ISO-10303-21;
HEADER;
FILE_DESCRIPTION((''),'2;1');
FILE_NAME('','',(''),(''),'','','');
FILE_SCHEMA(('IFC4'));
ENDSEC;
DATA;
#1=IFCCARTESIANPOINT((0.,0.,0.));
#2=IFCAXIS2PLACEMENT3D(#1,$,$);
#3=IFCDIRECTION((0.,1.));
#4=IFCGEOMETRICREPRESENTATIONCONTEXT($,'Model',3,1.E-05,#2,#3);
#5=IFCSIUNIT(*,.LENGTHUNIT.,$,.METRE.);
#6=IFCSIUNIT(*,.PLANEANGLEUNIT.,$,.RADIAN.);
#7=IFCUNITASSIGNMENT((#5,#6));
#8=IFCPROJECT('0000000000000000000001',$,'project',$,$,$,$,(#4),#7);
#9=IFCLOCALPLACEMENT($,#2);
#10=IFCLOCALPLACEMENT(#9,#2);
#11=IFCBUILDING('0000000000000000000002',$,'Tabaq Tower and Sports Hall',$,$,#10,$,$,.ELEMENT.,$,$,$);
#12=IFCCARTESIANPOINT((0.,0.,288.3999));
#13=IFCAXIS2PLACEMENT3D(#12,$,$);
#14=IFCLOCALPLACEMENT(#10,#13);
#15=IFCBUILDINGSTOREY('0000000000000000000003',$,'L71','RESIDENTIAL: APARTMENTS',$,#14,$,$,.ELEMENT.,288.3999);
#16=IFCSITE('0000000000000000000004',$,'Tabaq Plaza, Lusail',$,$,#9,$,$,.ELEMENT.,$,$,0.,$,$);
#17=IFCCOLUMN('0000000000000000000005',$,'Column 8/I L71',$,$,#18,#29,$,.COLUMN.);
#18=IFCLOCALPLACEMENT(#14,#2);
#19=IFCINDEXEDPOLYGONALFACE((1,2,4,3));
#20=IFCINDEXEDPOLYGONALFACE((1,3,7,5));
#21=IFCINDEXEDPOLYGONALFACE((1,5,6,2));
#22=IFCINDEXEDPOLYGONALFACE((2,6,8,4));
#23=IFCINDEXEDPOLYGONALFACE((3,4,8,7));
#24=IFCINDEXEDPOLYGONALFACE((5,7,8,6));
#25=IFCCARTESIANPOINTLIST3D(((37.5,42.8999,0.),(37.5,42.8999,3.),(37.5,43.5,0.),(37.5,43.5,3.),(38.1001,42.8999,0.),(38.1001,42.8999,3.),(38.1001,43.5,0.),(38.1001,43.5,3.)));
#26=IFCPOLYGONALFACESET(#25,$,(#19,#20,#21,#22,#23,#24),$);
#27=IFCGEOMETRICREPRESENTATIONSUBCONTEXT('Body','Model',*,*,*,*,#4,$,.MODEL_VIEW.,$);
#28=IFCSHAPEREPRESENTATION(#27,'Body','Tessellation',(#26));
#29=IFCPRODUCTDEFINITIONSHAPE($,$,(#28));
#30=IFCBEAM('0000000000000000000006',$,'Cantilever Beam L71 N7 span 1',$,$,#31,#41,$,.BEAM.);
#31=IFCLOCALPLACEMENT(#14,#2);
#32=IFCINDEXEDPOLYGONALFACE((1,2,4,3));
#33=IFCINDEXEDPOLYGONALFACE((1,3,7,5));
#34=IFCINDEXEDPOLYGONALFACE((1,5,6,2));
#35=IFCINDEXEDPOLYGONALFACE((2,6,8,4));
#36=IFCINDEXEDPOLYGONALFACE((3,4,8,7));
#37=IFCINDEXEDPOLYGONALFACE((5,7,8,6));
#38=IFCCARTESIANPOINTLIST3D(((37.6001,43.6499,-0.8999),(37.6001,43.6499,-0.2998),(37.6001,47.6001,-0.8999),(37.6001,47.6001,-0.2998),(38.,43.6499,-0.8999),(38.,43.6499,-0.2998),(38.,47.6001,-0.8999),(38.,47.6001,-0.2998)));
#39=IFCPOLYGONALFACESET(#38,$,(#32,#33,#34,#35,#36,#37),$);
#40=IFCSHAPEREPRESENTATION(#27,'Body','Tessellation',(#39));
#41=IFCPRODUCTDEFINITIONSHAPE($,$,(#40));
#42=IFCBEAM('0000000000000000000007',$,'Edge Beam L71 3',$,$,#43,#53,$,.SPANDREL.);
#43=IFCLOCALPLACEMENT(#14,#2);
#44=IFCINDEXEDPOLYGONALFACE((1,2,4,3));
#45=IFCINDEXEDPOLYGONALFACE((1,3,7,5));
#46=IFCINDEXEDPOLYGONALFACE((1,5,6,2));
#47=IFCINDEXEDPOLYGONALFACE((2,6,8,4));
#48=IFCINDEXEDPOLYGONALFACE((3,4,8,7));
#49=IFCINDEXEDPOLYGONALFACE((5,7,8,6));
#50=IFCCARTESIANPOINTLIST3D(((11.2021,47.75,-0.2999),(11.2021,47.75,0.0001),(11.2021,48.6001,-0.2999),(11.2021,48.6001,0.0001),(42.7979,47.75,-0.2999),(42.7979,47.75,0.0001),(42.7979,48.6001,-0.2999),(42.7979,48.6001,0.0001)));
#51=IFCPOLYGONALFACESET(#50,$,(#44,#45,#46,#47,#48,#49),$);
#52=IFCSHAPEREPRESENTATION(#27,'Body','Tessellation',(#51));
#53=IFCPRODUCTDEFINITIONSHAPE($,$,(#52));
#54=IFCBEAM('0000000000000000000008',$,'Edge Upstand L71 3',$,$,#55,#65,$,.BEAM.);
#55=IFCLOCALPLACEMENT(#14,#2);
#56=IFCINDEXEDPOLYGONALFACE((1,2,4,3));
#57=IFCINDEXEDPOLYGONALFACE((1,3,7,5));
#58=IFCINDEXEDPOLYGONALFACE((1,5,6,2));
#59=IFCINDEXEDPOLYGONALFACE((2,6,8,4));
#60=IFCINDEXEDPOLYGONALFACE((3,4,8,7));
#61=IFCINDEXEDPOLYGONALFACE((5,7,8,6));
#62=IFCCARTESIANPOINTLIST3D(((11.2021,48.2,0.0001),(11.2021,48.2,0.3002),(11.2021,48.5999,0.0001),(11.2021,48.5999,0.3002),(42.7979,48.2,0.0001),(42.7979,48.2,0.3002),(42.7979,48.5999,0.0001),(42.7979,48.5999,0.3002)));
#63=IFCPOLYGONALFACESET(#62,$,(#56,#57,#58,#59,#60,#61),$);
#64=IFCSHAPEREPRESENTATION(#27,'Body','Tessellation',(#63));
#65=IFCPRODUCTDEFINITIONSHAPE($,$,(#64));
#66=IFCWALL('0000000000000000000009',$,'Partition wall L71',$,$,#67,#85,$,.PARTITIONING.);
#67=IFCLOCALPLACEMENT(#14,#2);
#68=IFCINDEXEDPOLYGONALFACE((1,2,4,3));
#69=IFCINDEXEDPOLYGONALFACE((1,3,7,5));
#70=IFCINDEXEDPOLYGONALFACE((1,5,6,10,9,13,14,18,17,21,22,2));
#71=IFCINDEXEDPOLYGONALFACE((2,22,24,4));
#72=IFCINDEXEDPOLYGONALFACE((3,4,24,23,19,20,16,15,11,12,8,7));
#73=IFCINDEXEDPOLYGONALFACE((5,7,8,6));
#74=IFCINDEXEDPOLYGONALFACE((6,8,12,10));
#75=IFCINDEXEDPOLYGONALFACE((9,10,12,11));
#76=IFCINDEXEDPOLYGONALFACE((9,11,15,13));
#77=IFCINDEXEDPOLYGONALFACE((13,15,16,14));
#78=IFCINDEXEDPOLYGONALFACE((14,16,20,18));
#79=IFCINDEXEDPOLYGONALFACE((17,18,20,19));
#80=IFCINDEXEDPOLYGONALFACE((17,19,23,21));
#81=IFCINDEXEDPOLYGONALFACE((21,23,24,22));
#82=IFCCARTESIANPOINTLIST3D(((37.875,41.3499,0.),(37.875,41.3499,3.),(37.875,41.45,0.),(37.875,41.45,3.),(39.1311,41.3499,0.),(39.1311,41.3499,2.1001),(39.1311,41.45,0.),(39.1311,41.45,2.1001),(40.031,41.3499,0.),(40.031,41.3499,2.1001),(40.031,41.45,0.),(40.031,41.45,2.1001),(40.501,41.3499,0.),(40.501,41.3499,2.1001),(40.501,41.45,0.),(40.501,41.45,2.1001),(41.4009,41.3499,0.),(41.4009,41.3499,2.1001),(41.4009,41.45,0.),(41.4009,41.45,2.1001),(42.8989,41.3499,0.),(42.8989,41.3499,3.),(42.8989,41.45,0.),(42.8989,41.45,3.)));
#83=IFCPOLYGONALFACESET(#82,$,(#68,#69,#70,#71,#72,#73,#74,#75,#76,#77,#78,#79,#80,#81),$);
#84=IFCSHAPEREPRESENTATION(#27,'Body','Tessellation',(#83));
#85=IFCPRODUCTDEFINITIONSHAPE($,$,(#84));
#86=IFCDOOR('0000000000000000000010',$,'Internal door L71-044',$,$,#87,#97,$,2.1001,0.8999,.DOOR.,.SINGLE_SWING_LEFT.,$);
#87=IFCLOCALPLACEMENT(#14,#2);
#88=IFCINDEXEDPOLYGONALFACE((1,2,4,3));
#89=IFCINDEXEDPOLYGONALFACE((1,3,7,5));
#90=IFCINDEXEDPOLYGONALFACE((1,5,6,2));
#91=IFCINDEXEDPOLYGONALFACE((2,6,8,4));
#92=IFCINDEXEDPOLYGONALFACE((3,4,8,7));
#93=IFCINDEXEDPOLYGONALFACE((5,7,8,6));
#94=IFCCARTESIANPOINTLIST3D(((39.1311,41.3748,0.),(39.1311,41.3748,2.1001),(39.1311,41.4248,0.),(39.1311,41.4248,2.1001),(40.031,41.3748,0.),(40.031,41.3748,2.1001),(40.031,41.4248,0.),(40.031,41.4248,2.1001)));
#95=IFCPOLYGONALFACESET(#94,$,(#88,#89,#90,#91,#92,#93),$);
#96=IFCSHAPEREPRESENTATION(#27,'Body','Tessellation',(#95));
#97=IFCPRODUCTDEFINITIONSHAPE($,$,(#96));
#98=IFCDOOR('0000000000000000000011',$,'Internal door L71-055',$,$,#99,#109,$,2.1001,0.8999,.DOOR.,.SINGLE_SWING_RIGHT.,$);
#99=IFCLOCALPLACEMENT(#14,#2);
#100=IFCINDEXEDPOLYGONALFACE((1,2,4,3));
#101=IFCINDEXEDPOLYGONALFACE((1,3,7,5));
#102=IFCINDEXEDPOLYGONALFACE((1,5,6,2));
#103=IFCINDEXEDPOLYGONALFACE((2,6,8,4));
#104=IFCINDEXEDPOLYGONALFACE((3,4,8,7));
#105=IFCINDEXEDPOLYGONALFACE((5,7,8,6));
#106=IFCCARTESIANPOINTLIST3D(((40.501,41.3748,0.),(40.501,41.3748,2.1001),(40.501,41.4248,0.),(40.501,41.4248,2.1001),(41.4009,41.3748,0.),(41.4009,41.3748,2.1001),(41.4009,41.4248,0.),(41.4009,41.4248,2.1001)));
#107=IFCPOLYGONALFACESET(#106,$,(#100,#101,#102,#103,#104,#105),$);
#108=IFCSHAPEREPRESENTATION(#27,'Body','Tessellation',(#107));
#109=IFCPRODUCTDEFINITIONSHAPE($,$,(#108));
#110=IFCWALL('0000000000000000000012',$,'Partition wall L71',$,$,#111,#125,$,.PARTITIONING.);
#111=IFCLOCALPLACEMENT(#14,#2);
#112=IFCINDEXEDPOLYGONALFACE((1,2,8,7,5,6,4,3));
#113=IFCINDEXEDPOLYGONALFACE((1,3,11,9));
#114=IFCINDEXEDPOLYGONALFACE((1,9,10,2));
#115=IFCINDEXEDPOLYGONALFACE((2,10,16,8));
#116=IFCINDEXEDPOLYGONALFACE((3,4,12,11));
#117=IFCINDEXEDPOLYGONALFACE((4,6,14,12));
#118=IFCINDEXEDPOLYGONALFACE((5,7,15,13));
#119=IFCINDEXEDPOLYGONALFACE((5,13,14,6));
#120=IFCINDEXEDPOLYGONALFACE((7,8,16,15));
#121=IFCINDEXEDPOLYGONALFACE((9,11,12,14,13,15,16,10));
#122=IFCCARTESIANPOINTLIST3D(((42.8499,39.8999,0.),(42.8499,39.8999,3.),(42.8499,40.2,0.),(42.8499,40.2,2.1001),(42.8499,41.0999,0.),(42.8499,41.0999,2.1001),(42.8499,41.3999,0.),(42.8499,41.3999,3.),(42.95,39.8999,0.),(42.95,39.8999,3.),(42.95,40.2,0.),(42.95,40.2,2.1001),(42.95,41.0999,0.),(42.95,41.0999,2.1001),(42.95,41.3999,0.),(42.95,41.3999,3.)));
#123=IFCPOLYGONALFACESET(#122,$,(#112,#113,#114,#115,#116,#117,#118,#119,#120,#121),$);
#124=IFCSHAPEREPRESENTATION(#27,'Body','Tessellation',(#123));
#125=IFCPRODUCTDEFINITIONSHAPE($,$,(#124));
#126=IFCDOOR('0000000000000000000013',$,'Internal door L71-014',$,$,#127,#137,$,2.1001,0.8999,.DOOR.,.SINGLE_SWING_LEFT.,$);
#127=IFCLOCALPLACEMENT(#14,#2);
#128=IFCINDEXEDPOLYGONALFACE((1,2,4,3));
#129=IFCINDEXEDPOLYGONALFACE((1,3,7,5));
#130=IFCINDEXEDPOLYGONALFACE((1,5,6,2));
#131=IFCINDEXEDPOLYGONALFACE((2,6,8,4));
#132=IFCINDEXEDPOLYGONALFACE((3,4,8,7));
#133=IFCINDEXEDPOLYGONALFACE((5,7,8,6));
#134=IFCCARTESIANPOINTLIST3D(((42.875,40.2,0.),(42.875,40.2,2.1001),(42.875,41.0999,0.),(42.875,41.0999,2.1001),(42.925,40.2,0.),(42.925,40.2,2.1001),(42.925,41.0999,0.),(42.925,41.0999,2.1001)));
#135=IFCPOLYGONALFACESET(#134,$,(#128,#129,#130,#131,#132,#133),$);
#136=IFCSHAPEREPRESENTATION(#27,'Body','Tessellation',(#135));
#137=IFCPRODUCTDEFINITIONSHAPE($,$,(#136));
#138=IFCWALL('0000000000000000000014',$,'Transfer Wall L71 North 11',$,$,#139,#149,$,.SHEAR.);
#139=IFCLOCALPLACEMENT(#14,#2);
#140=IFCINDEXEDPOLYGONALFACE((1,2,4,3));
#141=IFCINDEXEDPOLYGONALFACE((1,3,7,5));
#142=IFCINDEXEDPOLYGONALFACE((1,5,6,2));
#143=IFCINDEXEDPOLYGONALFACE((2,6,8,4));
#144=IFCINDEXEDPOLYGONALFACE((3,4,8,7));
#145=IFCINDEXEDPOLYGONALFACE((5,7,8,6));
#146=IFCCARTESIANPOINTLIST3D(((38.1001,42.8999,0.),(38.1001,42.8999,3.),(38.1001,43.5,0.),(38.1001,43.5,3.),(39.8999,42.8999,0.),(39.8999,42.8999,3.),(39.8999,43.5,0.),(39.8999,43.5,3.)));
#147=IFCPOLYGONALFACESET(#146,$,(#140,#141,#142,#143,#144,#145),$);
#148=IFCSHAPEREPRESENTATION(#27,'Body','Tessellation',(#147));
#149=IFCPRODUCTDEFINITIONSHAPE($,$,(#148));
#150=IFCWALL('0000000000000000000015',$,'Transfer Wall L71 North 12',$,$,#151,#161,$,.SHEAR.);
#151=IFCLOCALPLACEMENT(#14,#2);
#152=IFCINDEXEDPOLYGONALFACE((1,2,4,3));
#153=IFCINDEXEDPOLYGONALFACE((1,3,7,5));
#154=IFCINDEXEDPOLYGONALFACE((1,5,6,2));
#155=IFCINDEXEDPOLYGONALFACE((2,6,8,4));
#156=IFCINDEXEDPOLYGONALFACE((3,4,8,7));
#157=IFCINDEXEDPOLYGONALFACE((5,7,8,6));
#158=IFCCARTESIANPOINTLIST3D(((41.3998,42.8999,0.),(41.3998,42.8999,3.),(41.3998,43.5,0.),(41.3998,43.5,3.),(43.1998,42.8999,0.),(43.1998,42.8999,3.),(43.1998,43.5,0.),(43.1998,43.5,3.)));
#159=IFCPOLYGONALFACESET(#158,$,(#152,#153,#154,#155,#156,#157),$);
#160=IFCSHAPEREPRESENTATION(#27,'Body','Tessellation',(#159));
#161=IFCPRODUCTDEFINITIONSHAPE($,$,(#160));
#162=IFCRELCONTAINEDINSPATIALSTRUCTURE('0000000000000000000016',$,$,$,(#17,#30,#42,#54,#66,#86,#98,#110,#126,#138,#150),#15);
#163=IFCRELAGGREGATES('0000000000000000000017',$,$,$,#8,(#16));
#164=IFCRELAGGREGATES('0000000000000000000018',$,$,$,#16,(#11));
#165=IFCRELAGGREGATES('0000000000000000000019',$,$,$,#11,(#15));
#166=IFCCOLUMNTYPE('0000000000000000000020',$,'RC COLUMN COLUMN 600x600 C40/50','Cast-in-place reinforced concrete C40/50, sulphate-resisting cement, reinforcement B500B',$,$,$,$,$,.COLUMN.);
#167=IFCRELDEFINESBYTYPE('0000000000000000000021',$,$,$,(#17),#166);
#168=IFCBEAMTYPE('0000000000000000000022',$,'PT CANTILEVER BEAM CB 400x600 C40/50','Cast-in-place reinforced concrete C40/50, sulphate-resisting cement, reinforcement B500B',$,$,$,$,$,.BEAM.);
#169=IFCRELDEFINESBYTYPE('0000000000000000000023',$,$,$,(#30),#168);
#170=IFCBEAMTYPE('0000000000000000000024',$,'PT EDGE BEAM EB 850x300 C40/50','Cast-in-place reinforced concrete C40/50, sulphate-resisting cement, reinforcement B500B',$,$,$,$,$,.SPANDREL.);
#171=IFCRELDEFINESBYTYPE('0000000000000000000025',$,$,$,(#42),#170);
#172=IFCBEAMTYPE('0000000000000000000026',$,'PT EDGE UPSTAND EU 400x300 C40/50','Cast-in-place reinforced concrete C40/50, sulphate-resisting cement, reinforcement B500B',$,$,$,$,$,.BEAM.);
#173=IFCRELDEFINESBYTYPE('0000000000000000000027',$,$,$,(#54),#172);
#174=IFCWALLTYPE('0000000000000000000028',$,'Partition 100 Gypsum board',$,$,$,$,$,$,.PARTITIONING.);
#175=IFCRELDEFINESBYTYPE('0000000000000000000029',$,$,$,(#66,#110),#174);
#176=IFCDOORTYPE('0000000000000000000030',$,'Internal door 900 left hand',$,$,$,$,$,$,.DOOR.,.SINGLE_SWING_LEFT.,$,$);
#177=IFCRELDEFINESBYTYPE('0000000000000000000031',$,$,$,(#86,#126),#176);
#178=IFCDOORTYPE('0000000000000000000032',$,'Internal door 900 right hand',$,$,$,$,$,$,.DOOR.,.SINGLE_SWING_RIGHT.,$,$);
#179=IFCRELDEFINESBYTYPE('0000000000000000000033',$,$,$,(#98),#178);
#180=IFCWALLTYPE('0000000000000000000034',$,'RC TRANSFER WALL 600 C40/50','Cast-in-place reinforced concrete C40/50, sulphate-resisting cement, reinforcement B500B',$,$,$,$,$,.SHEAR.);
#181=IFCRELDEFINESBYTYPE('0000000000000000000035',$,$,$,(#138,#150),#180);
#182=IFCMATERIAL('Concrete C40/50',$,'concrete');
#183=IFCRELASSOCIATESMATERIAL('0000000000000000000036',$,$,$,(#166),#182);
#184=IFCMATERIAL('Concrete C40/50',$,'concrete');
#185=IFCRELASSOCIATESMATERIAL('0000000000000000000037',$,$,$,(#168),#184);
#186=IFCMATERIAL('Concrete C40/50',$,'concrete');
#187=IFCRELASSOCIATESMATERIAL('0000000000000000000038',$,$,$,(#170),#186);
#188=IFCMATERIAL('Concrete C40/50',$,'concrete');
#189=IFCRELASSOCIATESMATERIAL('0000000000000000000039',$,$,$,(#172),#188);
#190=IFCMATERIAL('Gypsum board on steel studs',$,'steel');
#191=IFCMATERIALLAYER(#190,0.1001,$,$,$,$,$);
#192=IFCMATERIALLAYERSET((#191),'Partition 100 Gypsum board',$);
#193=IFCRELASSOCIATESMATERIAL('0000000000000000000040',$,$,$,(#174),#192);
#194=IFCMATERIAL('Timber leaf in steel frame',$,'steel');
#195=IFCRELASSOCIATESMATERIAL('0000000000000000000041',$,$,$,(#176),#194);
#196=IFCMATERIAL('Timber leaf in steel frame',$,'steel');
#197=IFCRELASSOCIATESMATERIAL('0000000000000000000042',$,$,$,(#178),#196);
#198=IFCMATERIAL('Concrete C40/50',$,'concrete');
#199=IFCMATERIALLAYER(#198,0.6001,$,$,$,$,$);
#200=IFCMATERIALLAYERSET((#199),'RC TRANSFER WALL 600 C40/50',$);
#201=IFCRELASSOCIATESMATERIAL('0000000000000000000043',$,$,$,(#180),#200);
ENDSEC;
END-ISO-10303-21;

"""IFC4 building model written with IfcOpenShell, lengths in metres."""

from ifc_helpers import new_model, si_unit, direction, frame, frame_2d, origin, origin_2d, place, context, subcontext, project, spatial, rectangle, extrude, material, layer, layer_set, material_profile, profile_set, type_object, element, fill, save


model = new_model("IFC4")

# Units and contexts
model_context = context("Model", 3, precision=1e-05, world=origin(), true_north=direction((0.0, 1.0)))
body_context = subcontext(model_context, "Body", "Model", "MODEL_VIEW")
ifc_project = project(units=[si_unit("LENGTHUNIT", "METRE"), si_unit("PLANEANGLEUNIT", "RADIAN")], contexts=[model_context])

# Site, building, storey
site_placement = place(None, origin())
site = spatial("IfcSite", under=ifc_project, at=site_placement, Name="Tabaq Plaza, Lusail", CompositionType="ELEMENT", RefElevation=0.0)
building_placement = place(site_placement, origin())
building = spatial("IfcBuilding", under=site, at=building_placement, Name="Tabaq Tower and Sports Hall", CompositionType="ELEMENT")
storey_placement = place(building_placement, frame((0.0, 0.0, 288.3999)))
storey = spatial("IfcBuildingStorey", under=building, at=storey_placement, Name="L71", Description="RESIDENTIAL: APARTMENTS", CompositionType="ELEMENT", Elevation=288.3999)

# Column
ifc_material_1 = material(Name="Concrete C40/50", Category="concrete")
ifc_material_profile_1 = material_profile(ifc_material_1, rectangle(XDim=0.6001, YDim=0.6001, at=origin_2d()), Name="COLUMN 600x600")
ifc_profile_set_1 = profile_set([ifc_material_profile_1], Name="Concrete C40/50")
column_type = type_object("IfcColumnType", Name="RC COLUMN COLUMN 600x600 C40/50", Description="Cast-in-place reinforced concrete C40/50, sulphate-resisting cement, reinforcement B500B", PredefinedType="COLUMN", material=ifc_profile_set_1)
column_placement = place(storey_placement, frame((37.8, 43.2, 0.0), z_axis=(0.0, 0.0, 1.0), x_axis=(1.0, 0.0, 0.0)))
element("IfcColumn", 1, at=column_placement, inside=storey, type_object=column_type, Name="Column 8/I L71", PredefinedType="COLUMN", context=body_context, shape_type="SweptSolid", body=[
    extrude(rectangle(XDim=0.6001, YDim=0.6001, at=origin_2d()), origin(), (0.0, 0.0, 1.0), 3.0),
])

# Beams
ifc_material_2 = material(Name="Concrete C40/50", Category="concrete")
ifc_material_profile_2 = material_profile(ifc_material_2, rectangle(XDim=0.3999, YDim=0.6001, at=origin_2d()), Name="CB 400x600")
ifc_profile_set_2 = profile_set([ifc_material_profile_2], Name="Concrete C40/50")
beam_type_1 = type_object("IfcBeamType", Name="PT CANTILEVER BEAM CB 400x600 C40/50", Description="Cast-in-place reinforced concrete C40/50, sulphate-resisting cement, reinforcement B500B", PredefinedType="BEAM", material=ifc_profile_set_2)
beam_1_placement = place(storey_placement, frame((37.8, 47.6001, -0.5999), z_axis=(0.0, -1.0, 0.0), x_axis=(1.0, 0.0, 0.0)))
element("IfcBeam", 2, at=beam_1_placement, inside=storey, type_object=beam_type_1, Name="Cantilever Beam L71 N7 span 1", PredefinedType="BEAM", context=body_context, shape_type="SweptSolid", body=[
    extrude(rectangle(XDim=0.3999, YDim=0.6001, at=origin_2d()), origin(), (0.0, 0.0, 1.0), 3.9502),
])
ifc_material_3 = material(Name="Concrete C40/50", Category="concrete")
ifc_material_profile_3 = material_profile(ifc_material_3, rectangle(XDim=0.8501, YDim=0.3, at=origin_2d()), Name="EB 850x300")
ifc_profile_set_3 = profile_set([ifc_material_profile_3], Name="Concrete C40/50")
beam_type_2 = type_object("IfcBeamType", Name="PT EDGE BEAM EB 850x300 C40/50", Description="Cast-in-place reinforced concrete C40/50, sulphate-resisting cement, reinforcement B500B", PredefinedType="SPANDREL", material=ifc_profile_set_3)
beam_2_placement = place(storey_placement, frame((42.7979, 48.175, -0.1499), z_axis=(-1.0, 0.0, 0.0), x_axis=(0.0, -1.0, 0.0)))
element("IfcBeam", 3, at=beam_2_placement, inside=storey, type_object=beam_type_2, Name="Edge Beam L71 3", PredefinedType="SPANDREL", context=body_context, shape_type="SweptSolid", body=[
    extrude(rectangle(XDim=0.8501, YDim=0.3, at=origin_2d()), origin(), (0.0, 0.0, 1.0), 31.5957),
])
ifc_material_4 = material(Name="Concrete C40/50", Category="concrete")
ifc_material_profile_4 = material_profile(ifc_material_4, rectangle(XDim=0.3999, YDim=0.3, at=origin_2d()), Name="EU 400x300")
ifc_profile_set_4 = profile_set([ifc_material_profile_4], Name="Concrete C40/50")
beam_type_3 = type_object("IfcBeamType", Name="PT EDGE UPSTAND EU 400x300 C40/50", Description="Cast-in-place reinforced concrete C40/50, sulphate-resisting cement, reinforcement B500B", PredefinedType="BEAM", material=ifc_profile_set_4)
beam_3_placement = place(storey_placement, frame((42.7979, 48.3999, 0.1501), z_axis=(-1.0, 0.0, 0.0), x_axis=(0.0, -1.0, 0.0)))
element("IfcBeam", 4, at=beam_3_placement, inside=storey, type_object=beam_type_3, Name="Edge Upstand L71 3", PredefinedType="BEAM", context=body_context, shape_type="SweptSolid", body=[
    extrude(rectangle(XDim=0.3999, YDim=0.3, at=origin_2d()), origin(), (0.0, 0.0, 1.0), 31.5957),
])

# Wall, openings, doors
ifc_material_5 = material(Name="Gypsum board on steel studs", Category="steel")
ifc_layer_1 = layer(ifc_material_5, 0.1001)
ifc_layer_set_1 = layer_set([ifc_layer_1], Name="Partition 100 Gypsum board")
wall_type_1 = type_object("IfcWallType", Name="Partition 100 Gypsum board", PredefinedType="PARTITIONING", material=ifc_layer_set_1)
wall_1_placement = place(storey_placement, frame((37.875, 41.3999, 0.0), z_axis=(0.0, 0.0, 1.0), x_axis=(1.0, 0.0, 0.0)))
wall_1 = element("IfcWall", 5, at=wall_1_placement, inside=storey, type_object=wall_type_1, Name="Partition wall L71", PredefinedType="PARTITIONING", context=body_context, shape_type="SweptSolid", body=[
    extrude(rectangle(XDim=5.0239, YDim=0.1001, at=frame_2d((2.512, 0.0))), origin(), (0.0, 0.0, 1.0), 3.0),
])
opening_1_placement = place(wall_1_placement, frame((1.2561, 0.0, 0.0)))
opening_1 = element("IfcOpeningElement", 6, at=opening_1_placement, cuts=wall_1, PredefinedType="OPENING", context=body_context, shape_type="SweptSolid", body=[
    extrude(rectangle(XDim=0.8999, YDim=2.1001, at=frame_2d((0.45, 1.05))), frame((0.0, 0.05, 0.0), z_axis=(0.0, -1.0, 0.0), x_axis=(1.0, 0.0, 0.0)), (0.0, 0.0, 1.0), 0.1001),
])
opening_2_placement = place(wall_1_placement, frame((2.626, 0.0, 0.0)))
opening_2 = element("IfcOpeningElement", 7, at=opening_2_placement, cuts=wall_1, PredefinedType="OPENING", context=body_context, shape_type="SweptSolid", body=[
    extrude(rectangle(XDim=0.8999, YDim=2.1001, at=frame_2d((0.45, 1.05))), frame((0.0, 0.05, 0.0), z_axis=(0.0, -1.0, 0.0), x_axis=(1.0, 0.0, 0.0)), (0.0, 0.0, 1.0), 0.1001),
])
ifc_material_6 = material(Name="Timber leaf in steel frame", Category="steel")
door_type_1 = type_object("IfcDoorType", Name="Internal door 900 left hand", OperationType="SINGLE_SWING_LEFT", PredefinedType="DOOR", material=ifc_material_6)
door_1_placement = place(opening_1_placement, origin())
door_1 = element("IfcDoor", 8, at=door_1_placement, inside=storey, type_object=door_type_1, Name="Internal door L71-044", OperationType="SINGLE_SWING_LEFT", OverallHeight=2.1001, OverallWidth=0.8999, PredefinedType="DOOR", context=body_context, shape_type="SweptSolid", body=[
    extrude(rectangle(XDim=0.8999, YDim=2.1001, at=frame_2d((0.45, 1.05))), frame((0.0, 0.0249, 0.0), z_axis=(0.0, -1.0, 0.0), x_axis=(1.0, 0.0, 0.0)), (0.0, 0.0, 1.0), 0.05),
])
fill(opening_1, door_1)
ifc_material_7 = material(Name="Timber leaf in steel frame", Category="steel")
door_type_2 = type_object("IfcDoorType", Name="Internal door 900 right hand", OperationType="SINGLE_SWING_RIGHT", PredefinedType="DOOR", material=ifc_material_7)
door_2_placement = place(opening_2_placement, origin())
door_2 = element("IfcDoor", 9, at=door_2_placement, inside=storey, type_object=door_type_2, Name="Internal door L71-055", OperationType="SINGLE_SWING_RIGHT", OverallHeight=2.1001, OverallWidth=0.8999, PredefinedType="DOOR", context=body_context, shape_type="SweptSolid", body=[
    extrude(rectangle(XDim=0.8999, YDim=2.1001, at=frame_2d((0.45, 1.05))), frame((0.0, 0.0249, 0.0), z_axis=(0.0, -1.0, 0.0), x_axis=(1.0, 0.0, 0.0)), (0.0, 0.0, 1.0), 0.05),
])
fill(opening_2, door_2)

# Wall, opening, door
wall_2_placement = place(storey_placement, frame((42.8999, 39.8999, 0.0), z_axis=(0.0, 0.0, 1.0), x_axis=(0.0, 1.0, 0.0)))
wall_2 = element("IfcWall", 10, at=wall_2_placement, inside=storey, type_object=wall_type_1, Name="Partition wall L71", PredefinedType="PARTITIONING", context=body_context, shape_type="SweptSolid", body=[
    extrude(rectangle(XDim=1.5, YDim=0.1001, at=frame_2d((0.75, 0.0))), origin(), (0.0, 0.0, 1.0), 3.0),
])
opening_3_placement = place(wall_2_placement, frame((0.3, 0.0, 0.0)))
opening_3 = element("IfcOpeningElement", 11, at=opening_3_placement, cuts=wall_2, PredefinedType="OPENING", context=body_context, shape_type="SweptSolid", body=[
    extrude(rectangle(XDim=0.8999, YDim=2.1001, at=frame_2d((0.45, 1.05))), frame((0.0, 0.05, 0.0), z_axis=(0.0, -1.0, 0.0), x_axis=(1.0, 0.0, 0.0)), (0.0, 0.0, 1.0), 0.1001),
])
door_3_placement = place(opening_3_placement, origin())
door_3 = element("IfcDoor", 12, at=door_3_placement, inside=storey, type_object=door_type_1, Name="Internal door L71-014", OperationType="SINGLE_SWING_LEFT", OverallHeight=2.1001, OverallWidth=0.8999, PredefinedType="DOOR", context=body_context, shape_type="SweptSolid", body=[
    extrude(rectangle(XDim=0.8999, YDim=2.1001, at=frame_2d((0.45, 1.05))), frame((0.0, 0.0249, 0.0), z_axis=(0.0, -1.0, 0.0), x_axis=(1.0, 0.0, 0.0)), (0.0, 0.0, 1.0), 0.05),
])
fill(opening_3, door_3)

# Walls
ifc_material_8 = material(Name="Concrete C40/50", Category="concrete")
ifc_layer_2 = layer(ifc_material_8, 0.6001)
ifc_layer_set_2 = layer_set([ifc_layer_2], Name="RC TRANSFER WALL 600 C40/50")
wall_type_2 = type_object("IfcWallType", Name="RC TRANSFER WALL 600 C40/50", Description="Cast-in-place reinforced concrete C40/50, sulphate-resisting cement, reinforcement B500B", PredefinedType="SHEAR", material=ifc_layer_set_2)
wall_3_placement = place(storey_placement, frame((38.1001, 43.2, 0.0), z_axis=(0.0, 0.0, 1.0), x_axis=(1.0, 0.0, 0.0)))
element("IfcWall", 13, at=wall_3_placement, inside=storey, type_object=wall_type_2, Name="Transfer Wall L71 North 11", PredefinedType="SHEAR", context=body_context, shape_type="SweptSolid", body=[
    extrude(rectangle(XDim=1.7998, YDim=0.6001, at=frame_2d((0.8999, 0.0))), origin(), (0.0, 0.0, 1.0), 3.0),
])
wall_4_placement = place(storey_placement, frame((41.3999, 43.2, 0.0), z_axis=(0.0, 0.0, 1.0), x_axis=(1.0, 0.0, 0.0)))
element("IfcWall", 14, at=wall_4_placement, inside=storey, type_object=wall_type_2, Name="Transfer Wall L71 North 12", PredefinedType="SHEAR", context=body_context, shape_type="SweptSolid", body=[
    extrude(rectangle(XDim=1.8, YDim=0.6001, at=frame_2d((0.8999, 0.0))), origin(), (0.0, 0.0, 1.0), 3.0),
])

save(model, "model.ifc")
